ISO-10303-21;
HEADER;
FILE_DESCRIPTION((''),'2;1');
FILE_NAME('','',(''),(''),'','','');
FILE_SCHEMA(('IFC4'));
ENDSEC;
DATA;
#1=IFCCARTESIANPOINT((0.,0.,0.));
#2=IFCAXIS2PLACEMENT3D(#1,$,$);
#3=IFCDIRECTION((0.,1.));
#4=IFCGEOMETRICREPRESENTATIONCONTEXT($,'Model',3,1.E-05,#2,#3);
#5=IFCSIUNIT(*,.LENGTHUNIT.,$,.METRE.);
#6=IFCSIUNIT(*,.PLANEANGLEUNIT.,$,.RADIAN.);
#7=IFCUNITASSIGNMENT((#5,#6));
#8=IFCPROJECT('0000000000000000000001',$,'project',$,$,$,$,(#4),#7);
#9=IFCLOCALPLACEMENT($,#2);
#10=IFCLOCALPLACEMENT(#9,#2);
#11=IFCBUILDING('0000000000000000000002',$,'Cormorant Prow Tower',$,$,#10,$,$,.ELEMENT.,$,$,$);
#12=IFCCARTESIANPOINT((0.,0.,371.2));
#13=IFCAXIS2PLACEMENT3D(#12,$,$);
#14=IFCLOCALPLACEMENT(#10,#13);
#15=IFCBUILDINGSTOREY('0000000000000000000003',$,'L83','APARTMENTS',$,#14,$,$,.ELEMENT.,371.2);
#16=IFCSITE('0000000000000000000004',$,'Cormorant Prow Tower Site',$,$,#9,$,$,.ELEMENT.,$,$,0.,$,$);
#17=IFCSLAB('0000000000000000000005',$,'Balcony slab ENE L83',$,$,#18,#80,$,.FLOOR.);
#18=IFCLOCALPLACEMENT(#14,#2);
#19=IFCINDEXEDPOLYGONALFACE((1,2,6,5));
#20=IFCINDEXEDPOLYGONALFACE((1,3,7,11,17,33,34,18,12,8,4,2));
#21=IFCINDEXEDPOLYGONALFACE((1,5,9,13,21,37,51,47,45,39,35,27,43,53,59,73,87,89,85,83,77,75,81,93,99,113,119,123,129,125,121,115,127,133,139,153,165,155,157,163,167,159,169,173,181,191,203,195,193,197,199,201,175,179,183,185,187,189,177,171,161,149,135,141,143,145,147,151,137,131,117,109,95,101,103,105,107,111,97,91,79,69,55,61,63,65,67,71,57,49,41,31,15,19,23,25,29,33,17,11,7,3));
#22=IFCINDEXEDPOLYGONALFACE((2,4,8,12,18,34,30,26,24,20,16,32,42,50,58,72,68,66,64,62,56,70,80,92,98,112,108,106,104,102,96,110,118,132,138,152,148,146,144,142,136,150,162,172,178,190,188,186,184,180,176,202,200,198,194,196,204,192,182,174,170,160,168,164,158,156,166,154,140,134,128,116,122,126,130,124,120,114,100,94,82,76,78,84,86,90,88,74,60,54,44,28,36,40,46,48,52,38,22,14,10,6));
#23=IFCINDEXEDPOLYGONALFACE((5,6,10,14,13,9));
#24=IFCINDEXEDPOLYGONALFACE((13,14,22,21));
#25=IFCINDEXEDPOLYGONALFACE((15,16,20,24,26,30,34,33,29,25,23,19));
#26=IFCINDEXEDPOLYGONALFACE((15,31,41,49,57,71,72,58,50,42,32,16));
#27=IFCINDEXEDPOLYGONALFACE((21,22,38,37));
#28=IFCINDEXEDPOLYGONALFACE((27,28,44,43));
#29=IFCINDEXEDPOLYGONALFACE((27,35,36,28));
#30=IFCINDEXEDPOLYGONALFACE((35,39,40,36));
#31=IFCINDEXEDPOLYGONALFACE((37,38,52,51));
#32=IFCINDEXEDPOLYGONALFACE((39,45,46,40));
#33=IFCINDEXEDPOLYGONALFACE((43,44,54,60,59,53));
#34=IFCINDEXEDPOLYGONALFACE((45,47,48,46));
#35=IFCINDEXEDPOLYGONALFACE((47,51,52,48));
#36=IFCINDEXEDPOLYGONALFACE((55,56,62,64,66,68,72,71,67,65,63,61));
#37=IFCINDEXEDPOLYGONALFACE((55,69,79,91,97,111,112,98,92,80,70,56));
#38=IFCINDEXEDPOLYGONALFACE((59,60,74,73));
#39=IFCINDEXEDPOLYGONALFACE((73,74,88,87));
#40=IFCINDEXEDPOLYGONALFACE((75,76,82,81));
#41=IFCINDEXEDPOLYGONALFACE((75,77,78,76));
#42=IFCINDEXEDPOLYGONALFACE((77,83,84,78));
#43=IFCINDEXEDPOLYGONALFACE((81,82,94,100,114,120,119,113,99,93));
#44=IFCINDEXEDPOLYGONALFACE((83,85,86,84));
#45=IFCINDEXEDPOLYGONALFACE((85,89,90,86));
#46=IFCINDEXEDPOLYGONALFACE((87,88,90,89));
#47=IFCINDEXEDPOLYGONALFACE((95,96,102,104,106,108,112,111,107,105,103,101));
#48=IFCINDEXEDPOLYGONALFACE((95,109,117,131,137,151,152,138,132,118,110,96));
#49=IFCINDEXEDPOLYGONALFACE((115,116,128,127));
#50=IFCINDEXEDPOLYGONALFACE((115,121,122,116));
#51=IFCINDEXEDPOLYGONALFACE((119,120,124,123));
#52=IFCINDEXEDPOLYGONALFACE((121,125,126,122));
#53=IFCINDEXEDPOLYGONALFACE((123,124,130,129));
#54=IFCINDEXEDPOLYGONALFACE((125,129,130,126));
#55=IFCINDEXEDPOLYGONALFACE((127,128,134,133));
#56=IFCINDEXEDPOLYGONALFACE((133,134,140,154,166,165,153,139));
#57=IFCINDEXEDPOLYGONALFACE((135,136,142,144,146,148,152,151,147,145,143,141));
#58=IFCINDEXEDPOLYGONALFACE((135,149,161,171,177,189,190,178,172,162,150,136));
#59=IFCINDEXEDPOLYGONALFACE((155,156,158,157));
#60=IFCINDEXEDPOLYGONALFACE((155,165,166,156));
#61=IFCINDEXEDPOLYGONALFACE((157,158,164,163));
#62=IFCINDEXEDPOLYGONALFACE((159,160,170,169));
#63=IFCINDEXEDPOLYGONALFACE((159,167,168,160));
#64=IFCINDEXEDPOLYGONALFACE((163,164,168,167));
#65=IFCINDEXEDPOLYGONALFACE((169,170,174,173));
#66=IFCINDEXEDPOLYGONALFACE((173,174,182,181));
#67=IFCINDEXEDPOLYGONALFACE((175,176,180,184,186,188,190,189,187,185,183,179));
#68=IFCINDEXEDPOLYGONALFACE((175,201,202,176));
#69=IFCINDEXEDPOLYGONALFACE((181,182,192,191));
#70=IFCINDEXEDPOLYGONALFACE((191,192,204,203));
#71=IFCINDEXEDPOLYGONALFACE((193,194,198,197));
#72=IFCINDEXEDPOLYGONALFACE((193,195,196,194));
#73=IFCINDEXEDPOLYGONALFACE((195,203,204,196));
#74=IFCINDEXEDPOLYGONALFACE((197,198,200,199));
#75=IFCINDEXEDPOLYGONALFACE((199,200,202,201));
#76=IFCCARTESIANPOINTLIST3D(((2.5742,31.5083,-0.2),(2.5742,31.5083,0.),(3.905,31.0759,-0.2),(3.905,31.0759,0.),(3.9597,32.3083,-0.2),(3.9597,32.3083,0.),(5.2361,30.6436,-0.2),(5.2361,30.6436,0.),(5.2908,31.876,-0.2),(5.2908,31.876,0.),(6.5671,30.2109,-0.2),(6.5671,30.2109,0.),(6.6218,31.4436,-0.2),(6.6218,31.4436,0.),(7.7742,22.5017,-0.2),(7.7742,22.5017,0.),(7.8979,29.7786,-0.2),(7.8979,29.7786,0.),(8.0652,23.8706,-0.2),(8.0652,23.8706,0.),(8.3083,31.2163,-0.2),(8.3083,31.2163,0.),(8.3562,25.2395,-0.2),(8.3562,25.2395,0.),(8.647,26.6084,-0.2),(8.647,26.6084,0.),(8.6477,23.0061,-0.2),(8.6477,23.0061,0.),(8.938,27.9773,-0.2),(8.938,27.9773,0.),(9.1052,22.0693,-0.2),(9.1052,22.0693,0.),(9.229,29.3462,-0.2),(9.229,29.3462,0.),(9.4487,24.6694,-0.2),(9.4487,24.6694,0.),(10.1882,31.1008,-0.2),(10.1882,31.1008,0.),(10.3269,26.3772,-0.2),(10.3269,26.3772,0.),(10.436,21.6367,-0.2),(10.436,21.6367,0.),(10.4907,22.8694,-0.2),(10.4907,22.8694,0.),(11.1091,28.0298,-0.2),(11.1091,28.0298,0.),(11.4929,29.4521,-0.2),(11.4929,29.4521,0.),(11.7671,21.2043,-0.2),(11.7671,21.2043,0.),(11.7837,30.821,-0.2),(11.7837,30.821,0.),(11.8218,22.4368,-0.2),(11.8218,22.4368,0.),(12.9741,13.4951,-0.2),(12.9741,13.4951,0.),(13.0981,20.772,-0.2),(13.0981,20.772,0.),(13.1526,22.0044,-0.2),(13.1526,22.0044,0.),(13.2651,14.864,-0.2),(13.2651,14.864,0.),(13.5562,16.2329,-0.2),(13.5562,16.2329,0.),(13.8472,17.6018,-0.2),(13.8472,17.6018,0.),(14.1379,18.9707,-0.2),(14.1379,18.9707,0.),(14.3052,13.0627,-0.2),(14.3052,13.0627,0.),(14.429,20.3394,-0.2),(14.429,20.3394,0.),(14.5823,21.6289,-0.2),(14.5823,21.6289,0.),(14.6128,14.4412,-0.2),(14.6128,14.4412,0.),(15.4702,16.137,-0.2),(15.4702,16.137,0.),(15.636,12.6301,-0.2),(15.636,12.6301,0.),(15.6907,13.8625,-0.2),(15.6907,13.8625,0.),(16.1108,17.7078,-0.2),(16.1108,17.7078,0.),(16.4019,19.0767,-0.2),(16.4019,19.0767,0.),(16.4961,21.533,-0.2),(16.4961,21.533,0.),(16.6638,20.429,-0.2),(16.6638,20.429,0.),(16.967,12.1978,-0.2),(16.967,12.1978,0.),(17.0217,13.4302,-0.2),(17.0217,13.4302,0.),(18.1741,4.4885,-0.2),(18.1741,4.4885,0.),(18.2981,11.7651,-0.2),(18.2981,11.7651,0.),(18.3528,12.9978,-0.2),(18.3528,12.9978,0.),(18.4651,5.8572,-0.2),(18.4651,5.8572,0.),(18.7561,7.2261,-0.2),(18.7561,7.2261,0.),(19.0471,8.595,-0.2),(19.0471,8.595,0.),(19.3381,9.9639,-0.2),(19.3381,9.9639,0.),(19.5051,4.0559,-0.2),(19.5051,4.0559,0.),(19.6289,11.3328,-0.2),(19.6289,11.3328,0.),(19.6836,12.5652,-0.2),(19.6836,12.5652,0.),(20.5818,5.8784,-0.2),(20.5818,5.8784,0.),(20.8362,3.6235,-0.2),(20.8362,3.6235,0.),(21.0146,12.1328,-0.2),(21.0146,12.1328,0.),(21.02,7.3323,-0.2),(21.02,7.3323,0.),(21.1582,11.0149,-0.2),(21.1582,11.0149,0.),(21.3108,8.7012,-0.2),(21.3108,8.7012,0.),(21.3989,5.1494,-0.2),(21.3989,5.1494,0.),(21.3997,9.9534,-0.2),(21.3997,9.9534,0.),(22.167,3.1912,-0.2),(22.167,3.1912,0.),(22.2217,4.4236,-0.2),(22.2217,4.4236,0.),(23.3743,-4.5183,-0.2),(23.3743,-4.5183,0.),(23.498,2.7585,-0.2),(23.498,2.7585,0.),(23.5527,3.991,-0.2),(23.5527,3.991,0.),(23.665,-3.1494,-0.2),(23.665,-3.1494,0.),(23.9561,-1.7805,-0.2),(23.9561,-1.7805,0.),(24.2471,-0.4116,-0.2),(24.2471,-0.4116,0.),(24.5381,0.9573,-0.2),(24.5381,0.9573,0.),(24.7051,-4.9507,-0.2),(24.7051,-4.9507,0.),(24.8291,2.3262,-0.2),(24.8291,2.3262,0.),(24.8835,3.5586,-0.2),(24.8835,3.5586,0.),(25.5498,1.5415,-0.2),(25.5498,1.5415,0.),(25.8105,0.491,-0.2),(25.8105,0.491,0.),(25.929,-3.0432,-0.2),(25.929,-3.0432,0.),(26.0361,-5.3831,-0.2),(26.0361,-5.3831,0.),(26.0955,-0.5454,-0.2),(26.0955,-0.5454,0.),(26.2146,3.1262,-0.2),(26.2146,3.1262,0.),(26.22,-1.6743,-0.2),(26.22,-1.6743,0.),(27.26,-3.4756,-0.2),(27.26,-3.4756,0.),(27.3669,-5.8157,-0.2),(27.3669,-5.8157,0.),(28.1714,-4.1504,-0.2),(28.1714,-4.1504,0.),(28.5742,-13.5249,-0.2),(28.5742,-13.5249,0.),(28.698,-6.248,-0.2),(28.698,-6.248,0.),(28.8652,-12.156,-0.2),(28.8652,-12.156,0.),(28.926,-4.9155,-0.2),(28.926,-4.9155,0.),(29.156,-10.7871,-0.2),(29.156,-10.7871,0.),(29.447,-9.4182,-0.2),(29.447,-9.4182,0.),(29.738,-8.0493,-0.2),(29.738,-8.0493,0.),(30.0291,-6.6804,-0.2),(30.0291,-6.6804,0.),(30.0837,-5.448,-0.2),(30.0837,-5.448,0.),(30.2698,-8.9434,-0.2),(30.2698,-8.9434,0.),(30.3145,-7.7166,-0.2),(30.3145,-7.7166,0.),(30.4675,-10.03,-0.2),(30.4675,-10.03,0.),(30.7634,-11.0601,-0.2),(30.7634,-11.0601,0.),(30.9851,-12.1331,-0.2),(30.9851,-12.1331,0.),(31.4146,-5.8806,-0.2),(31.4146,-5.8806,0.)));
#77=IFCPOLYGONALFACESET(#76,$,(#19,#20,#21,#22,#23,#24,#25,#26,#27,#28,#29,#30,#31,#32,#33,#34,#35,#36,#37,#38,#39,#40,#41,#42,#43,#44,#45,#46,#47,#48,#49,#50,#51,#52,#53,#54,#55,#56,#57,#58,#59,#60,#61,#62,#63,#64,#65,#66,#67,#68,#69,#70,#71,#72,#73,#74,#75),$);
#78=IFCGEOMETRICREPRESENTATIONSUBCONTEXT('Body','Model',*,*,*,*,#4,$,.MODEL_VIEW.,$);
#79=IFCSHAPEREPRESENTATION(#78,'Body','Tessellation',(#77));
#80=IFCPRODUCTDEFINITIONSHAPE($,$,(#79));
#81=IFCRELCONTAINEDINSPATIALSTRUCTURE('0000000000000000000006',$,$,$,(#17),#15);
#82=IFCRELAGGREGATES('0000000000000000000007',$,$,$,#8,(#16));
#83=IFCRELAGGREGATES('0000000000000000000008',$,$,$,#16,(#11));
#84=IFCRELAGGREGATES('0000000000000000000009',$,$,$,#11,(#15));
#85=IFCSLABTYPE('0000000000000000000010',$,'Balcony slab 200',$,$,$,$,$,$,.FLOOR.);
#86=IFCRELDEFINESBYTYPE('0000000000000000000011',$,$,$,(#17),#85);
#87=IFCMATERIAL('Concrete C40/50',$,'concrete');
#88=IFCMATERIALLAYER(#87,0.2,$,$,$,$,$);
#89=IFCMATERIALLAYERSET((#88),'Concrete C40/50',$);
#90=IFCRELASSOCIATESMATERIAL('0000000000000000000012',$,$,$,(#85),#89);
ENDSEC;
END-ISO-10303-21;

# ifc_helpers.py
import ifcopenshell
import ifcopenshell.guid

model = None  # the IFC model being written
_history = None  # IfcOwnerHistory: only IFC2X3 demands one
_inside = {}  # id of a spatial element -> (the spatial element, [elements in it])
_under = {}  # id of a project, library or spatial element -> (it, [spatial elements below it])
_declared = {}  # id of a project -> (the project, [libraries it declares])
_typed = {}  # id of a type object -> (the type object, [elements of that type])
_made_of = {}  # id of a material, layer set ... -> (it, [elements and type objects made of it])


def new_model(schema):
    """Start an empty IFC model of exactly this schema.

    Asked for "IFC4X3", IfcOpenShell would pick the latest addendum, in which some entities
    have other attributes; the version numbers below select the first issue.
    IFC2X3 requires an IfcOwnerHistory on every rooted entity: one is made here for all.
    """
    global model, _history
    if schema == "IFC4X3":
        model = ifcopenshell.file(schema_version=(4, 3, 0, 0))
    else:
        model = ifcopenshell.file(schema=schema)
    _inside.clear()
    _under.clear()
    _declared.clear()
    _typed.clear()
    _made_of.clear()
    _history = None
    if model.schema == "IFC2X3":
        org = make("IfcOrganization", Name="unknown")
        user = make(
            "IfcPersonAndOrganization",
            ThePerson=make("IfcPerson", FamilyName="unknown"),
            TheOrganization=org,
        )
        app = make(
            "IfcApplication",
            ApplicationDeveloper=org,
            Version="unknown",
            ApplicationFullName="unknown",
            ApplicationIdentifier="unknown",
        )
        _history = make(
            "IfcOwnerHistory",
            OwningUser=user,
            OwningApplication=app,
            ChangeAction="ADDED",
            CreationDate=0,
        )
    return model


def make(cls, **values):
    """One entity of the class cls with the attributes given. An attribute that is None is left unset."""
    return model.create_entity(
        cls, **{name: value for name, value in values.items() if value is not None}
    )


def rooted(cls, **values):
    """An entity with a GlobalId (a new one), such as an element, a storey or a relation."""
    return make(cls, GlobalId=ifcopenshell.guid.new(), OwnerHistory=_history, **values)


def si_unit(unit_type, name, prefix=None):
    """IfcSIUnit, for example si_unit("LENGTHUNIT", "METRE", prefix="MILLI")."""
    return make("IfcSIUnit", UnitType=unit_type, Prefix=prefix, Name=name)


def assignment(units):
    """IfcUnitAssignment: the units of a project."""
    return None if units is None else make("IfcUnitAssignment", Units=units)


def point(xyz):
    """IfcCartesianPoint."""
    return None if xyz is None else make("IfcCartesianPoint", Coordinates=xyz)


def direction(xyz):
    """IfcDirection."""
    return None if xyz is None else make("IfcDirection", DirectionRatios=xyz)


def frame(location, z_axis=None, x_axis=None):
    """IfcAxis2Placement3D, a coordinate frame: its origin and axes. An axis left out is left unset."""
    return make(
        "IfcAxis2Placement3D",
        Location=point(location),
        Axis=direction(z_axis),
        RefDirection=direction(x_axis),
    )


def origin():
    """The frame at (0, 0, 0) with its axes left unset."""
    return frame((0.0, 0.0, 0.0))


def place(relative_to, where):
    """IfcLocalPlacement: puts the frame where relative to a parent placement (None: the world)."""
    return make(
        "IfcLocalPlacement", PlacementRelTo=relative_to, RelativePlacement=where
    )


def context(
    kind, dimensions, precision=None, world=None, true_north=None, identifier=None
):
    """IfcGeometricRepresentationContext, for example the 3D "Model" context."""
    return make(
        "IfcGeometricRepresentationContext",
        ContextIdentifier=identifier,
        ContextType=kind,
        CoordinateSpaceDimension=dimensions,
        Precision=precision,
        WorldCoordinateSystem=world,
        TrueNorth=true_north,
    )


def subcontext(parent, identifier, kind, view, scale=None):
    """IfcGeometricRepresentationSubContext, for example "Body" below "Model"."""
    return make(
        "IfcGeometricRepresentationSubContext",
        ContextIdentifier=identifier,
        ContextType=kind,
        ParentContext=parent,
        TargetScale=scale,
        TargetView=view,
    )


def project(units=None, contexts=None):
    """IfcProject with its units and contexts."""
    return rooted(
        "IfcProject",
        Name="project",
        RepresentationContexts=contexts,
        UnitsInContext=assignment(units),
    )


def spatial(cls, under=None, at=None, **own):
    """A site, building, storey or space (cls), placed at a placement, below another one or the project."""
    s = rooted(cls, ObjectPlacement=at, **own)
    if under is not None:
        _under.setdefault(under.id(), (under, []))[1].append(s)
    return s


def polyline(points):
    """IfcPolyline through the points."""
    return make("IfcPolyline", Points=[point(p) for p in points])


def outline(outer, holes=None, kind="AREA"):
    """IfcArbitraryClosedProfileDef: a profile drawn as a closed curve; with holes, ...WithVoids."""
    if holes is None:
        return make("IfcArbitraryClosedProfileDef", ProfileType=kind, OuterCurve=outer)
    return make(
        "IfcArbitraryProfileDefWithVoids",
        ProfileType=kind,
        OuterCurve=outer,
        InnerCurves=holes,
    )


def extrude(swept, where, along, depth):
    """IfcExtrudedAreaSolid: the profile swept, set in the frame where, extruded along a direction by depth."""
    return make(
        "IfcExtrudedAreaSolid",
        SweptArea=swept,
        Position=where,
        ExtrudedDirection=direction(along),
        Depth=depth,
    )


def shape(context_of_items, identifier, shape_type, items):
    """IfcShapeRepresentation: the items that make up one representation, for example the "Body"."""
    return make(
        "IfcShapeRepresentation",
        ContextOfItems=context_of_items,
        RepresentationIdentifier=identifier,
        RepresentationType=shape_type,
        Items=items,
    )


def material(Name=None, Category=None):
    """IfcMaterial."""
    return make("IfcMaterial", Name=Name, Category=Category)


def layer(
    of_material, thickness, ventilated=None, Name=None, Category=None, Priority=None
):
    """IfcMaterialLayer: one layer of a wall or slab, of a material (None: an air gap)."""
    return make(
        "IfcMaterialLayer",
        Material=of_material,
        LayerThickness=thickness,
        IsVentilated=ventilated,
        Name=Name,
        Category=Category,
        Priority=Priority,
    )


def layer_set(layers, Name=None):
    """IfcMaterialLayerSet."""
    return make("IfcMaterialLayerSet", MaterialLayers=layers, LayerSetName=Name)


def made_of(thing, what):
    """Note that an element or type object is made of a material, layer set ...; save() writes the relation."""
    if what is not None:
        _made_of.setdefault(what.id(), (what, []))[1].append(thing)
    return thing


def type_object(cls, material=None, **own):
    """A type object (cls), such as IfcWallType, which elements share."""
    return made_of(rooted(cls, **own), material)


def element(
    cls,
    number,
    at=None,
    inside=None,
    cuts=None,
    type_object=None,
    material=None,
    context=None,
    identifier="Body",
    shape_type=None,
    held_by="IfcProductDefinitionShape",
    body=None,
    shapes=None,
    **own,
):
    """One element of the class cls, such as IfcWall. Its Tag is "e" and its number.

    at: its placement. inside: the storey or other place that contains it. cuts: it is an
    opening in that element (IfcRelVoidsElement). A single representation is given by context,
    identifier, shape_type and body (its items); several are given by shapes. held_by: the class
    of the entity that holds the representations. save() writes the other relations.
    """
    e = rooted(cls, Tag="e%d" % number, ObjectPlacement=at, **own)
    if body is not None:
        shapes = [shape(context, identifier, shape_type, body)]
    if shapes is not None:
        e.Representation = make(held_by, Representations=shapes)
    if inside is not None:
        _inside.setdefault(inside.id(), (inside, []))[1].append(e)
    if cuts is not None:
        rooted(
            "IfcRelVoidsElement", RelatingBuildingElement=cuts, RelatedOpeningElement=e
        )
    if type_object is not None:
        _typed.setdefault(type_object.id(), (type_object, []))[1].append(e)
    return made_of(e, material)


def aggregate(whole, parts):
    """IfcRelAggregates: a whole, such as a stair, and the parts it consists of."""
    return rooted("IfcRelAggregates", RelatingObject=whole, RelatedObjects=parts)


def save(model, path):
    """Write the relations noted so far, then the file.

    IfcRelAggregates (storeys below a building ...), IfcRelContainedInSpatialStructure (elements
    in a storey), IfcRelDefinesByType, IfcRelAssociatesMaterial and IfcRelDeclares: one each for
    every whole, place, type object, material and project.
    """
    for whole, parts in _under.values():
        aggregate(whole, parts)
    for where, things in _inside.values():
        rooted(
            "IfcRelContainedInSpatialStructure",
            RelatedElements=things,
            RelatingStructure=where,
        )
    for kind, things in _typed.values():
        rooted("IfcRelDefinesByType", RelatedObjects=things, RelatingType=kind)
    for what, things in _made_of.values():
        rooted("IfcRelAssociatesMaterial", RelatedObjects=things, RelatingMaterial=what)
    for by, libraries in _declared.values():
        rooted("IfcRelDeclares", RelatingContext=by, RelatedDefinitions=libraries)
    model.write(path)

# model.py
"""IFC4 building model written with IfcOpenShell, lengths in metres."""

from ifc_helpers import new_model, si_unit, direction, frame, origin, place, context, subcontext, project, spatial, polyline, outline, extrude, material, layer, layer_set, type_object, element, save


model = new_model("IFC4")

# Units and contexts
model_context = context("Model", 3, precision=1e-05, world=origin(), true_north=direction((0.0, 1.0)))
body_context = subcontext(model_context, "Body", "Model", "MODEL_VIEW")
ifc_project = project(units=[si_unit("LENGTHUNIT", "METRE"), si_unit("PLANEANGLEUNIT", "RADIAN")], contexts=[model_context])

# Site, building, storey
site_placement = place(None, origin())
site = spatial("IfcSite", under=ifc_project, at=site_placement, Name="Cormorant Prow Tower Site", CompositionType="ELEMENT", RefElevation=0.0)
building_placement = place(site_placement, origin())
building = spatial("IfcBuilding", under=site, at=building_placement, Name="Cormorant Prow Tower", CompositionType="ELEMENT")
storey_placement = place(building_placement, frame((0.0, 0.0, 371.2)))
storey = spatial("IfcBuildingStorey", under=building, at=storey_placement, Name="L83", Description="APARTMENTS", CompositionType="ELEMENT", Elevation=371.2)

# Slab
ifc_material_1 = material(Name="Concrete C40/50", Category="concrete")
ifc_layer_1 = layer(ifc_material_1, 0.2)
ifc_layer_set_1 = layer_set([ifc_layer_1], Name="Concrete C40/50")
slab_type_1 = type_object("IfcSlabType", Name="Balcony slab 200", PredefinedType="FLOOR", material=ifc_layer_set_1)
slab_1_placement = place(storey_placement, frame((0.0, 0.0, -0.2)))
element("IfcSlab", 1, at=slab_1_placement, inside=storey, type_object=slab_type_1, Name="Balcony slab ENE L83", PredefinedType="FLOOR", context=body_context, shape_type="SweptSolid", body=[
    extrude(outline(polyline([(28.5742, -13.5249), (30.9851, -12.1331), (30.7634, -11.0601), (30.4675, -10.03), (30.2698, -8.9434), (30.3145, -7.7166), (31.4146, -5.8806), (30.0837, -5.448), (28.926, -4.9155), (28.1714, -4.1504), (27.26, -3.4756), (25.929, -3.0432), (26.22, -1.6743), (26.0955, -0.5454), (25.8105, 0.491), (25.5498, 1.5415), (26.2146, 3.1262), (24.8835, 3.5586), (23.5527, 3.991), (22.2217, 4.4236), (21.3989, 5.1494), (20.5818, 5.8784), (21.02, 7.3323), (21.3108, 8.7012), (21.3997, 9.9534), (21.1582, 11.0149), (21.0146, 12.1328), (19.6836, 12.5652), (18.3528, 12.9978), (17.0217, 13.4302), (15.6907, 13.8625), (14.6128, 14.4412), (15.4702, 16.137), (16.1108, 17.7078), (16.4019, 19.0767), (16.6638, 20.429), (16.4961, 21.533), (14.5823, 21.6289), (13.1526, 22.0044), (11.8218, 22.4368), (10.4907, 22.8694), (8.6477, 23.0061), (9.4487, 24.6694), (10.3269, 26.3772), (11.1091, 28.0298), (11.4929, 29.4521), (11.7837, 30.821), (10.1882, 31.1008), (8.3083, 31.2163), (6.6218, 31.4436), (5.2908, 31.876), (3.9597, 32.3083), (2.5742, 31.5083), (3.905, 31.0759), (5.2361, 30.6436), (6.5671, 30.2109), (7.8979, 29.7786), (9.229, 29.3462), (8.938, 27.9773), (8.647, 26.6084), (8.3562, 25.2395), (8.0652, 23.8706), (7.7742, 22.5017), (9.1052, 22.0693), (10.436, 21.6367), (11.7671, 21.2043), (13.0981, 20.772), (14.429, 20.3394), (14.1379, 18.9707), (13.8472, 17.6018), (13.5562, 16.2329), (13.2651, 14.864), (12.9741, 13.4951), (14.3052, 13.0627), (15.636, 12.6301), (16.967, 12.1978), (18.2981, 11.7651), (19.6289, 11.3328), (19.3381, 9.9639), (19.0471, 8.595), (18.7561, 7.2261), (18.4651, 5.8572), (18.1741, 4.4885), (19.5051, 4.0559), (20.8362, 3.6235), (22.167, 3.1912), (23.498, 2.7585), (24.8291, 2.3262), (24.5381, 0.9573), (24.2471, -0.4116), (23.9561, -1.7805), (23.665, -3.1494), (23.3743, -4.5183), (24.7051, -4.9507), (26.0361, -5.3831), (27.3669, -5.8157), (28.698, -6.248), (30.0291, -6.6804), (29.738, -8.0493), (29.447, -9.4182), (29.156, -10.7871), (28.8652, -12.156), (28.5742, -13.5249)])), origin(), (0.0, 0.0, 1.0), 0.2),
])

save(model, "model.ifc")
